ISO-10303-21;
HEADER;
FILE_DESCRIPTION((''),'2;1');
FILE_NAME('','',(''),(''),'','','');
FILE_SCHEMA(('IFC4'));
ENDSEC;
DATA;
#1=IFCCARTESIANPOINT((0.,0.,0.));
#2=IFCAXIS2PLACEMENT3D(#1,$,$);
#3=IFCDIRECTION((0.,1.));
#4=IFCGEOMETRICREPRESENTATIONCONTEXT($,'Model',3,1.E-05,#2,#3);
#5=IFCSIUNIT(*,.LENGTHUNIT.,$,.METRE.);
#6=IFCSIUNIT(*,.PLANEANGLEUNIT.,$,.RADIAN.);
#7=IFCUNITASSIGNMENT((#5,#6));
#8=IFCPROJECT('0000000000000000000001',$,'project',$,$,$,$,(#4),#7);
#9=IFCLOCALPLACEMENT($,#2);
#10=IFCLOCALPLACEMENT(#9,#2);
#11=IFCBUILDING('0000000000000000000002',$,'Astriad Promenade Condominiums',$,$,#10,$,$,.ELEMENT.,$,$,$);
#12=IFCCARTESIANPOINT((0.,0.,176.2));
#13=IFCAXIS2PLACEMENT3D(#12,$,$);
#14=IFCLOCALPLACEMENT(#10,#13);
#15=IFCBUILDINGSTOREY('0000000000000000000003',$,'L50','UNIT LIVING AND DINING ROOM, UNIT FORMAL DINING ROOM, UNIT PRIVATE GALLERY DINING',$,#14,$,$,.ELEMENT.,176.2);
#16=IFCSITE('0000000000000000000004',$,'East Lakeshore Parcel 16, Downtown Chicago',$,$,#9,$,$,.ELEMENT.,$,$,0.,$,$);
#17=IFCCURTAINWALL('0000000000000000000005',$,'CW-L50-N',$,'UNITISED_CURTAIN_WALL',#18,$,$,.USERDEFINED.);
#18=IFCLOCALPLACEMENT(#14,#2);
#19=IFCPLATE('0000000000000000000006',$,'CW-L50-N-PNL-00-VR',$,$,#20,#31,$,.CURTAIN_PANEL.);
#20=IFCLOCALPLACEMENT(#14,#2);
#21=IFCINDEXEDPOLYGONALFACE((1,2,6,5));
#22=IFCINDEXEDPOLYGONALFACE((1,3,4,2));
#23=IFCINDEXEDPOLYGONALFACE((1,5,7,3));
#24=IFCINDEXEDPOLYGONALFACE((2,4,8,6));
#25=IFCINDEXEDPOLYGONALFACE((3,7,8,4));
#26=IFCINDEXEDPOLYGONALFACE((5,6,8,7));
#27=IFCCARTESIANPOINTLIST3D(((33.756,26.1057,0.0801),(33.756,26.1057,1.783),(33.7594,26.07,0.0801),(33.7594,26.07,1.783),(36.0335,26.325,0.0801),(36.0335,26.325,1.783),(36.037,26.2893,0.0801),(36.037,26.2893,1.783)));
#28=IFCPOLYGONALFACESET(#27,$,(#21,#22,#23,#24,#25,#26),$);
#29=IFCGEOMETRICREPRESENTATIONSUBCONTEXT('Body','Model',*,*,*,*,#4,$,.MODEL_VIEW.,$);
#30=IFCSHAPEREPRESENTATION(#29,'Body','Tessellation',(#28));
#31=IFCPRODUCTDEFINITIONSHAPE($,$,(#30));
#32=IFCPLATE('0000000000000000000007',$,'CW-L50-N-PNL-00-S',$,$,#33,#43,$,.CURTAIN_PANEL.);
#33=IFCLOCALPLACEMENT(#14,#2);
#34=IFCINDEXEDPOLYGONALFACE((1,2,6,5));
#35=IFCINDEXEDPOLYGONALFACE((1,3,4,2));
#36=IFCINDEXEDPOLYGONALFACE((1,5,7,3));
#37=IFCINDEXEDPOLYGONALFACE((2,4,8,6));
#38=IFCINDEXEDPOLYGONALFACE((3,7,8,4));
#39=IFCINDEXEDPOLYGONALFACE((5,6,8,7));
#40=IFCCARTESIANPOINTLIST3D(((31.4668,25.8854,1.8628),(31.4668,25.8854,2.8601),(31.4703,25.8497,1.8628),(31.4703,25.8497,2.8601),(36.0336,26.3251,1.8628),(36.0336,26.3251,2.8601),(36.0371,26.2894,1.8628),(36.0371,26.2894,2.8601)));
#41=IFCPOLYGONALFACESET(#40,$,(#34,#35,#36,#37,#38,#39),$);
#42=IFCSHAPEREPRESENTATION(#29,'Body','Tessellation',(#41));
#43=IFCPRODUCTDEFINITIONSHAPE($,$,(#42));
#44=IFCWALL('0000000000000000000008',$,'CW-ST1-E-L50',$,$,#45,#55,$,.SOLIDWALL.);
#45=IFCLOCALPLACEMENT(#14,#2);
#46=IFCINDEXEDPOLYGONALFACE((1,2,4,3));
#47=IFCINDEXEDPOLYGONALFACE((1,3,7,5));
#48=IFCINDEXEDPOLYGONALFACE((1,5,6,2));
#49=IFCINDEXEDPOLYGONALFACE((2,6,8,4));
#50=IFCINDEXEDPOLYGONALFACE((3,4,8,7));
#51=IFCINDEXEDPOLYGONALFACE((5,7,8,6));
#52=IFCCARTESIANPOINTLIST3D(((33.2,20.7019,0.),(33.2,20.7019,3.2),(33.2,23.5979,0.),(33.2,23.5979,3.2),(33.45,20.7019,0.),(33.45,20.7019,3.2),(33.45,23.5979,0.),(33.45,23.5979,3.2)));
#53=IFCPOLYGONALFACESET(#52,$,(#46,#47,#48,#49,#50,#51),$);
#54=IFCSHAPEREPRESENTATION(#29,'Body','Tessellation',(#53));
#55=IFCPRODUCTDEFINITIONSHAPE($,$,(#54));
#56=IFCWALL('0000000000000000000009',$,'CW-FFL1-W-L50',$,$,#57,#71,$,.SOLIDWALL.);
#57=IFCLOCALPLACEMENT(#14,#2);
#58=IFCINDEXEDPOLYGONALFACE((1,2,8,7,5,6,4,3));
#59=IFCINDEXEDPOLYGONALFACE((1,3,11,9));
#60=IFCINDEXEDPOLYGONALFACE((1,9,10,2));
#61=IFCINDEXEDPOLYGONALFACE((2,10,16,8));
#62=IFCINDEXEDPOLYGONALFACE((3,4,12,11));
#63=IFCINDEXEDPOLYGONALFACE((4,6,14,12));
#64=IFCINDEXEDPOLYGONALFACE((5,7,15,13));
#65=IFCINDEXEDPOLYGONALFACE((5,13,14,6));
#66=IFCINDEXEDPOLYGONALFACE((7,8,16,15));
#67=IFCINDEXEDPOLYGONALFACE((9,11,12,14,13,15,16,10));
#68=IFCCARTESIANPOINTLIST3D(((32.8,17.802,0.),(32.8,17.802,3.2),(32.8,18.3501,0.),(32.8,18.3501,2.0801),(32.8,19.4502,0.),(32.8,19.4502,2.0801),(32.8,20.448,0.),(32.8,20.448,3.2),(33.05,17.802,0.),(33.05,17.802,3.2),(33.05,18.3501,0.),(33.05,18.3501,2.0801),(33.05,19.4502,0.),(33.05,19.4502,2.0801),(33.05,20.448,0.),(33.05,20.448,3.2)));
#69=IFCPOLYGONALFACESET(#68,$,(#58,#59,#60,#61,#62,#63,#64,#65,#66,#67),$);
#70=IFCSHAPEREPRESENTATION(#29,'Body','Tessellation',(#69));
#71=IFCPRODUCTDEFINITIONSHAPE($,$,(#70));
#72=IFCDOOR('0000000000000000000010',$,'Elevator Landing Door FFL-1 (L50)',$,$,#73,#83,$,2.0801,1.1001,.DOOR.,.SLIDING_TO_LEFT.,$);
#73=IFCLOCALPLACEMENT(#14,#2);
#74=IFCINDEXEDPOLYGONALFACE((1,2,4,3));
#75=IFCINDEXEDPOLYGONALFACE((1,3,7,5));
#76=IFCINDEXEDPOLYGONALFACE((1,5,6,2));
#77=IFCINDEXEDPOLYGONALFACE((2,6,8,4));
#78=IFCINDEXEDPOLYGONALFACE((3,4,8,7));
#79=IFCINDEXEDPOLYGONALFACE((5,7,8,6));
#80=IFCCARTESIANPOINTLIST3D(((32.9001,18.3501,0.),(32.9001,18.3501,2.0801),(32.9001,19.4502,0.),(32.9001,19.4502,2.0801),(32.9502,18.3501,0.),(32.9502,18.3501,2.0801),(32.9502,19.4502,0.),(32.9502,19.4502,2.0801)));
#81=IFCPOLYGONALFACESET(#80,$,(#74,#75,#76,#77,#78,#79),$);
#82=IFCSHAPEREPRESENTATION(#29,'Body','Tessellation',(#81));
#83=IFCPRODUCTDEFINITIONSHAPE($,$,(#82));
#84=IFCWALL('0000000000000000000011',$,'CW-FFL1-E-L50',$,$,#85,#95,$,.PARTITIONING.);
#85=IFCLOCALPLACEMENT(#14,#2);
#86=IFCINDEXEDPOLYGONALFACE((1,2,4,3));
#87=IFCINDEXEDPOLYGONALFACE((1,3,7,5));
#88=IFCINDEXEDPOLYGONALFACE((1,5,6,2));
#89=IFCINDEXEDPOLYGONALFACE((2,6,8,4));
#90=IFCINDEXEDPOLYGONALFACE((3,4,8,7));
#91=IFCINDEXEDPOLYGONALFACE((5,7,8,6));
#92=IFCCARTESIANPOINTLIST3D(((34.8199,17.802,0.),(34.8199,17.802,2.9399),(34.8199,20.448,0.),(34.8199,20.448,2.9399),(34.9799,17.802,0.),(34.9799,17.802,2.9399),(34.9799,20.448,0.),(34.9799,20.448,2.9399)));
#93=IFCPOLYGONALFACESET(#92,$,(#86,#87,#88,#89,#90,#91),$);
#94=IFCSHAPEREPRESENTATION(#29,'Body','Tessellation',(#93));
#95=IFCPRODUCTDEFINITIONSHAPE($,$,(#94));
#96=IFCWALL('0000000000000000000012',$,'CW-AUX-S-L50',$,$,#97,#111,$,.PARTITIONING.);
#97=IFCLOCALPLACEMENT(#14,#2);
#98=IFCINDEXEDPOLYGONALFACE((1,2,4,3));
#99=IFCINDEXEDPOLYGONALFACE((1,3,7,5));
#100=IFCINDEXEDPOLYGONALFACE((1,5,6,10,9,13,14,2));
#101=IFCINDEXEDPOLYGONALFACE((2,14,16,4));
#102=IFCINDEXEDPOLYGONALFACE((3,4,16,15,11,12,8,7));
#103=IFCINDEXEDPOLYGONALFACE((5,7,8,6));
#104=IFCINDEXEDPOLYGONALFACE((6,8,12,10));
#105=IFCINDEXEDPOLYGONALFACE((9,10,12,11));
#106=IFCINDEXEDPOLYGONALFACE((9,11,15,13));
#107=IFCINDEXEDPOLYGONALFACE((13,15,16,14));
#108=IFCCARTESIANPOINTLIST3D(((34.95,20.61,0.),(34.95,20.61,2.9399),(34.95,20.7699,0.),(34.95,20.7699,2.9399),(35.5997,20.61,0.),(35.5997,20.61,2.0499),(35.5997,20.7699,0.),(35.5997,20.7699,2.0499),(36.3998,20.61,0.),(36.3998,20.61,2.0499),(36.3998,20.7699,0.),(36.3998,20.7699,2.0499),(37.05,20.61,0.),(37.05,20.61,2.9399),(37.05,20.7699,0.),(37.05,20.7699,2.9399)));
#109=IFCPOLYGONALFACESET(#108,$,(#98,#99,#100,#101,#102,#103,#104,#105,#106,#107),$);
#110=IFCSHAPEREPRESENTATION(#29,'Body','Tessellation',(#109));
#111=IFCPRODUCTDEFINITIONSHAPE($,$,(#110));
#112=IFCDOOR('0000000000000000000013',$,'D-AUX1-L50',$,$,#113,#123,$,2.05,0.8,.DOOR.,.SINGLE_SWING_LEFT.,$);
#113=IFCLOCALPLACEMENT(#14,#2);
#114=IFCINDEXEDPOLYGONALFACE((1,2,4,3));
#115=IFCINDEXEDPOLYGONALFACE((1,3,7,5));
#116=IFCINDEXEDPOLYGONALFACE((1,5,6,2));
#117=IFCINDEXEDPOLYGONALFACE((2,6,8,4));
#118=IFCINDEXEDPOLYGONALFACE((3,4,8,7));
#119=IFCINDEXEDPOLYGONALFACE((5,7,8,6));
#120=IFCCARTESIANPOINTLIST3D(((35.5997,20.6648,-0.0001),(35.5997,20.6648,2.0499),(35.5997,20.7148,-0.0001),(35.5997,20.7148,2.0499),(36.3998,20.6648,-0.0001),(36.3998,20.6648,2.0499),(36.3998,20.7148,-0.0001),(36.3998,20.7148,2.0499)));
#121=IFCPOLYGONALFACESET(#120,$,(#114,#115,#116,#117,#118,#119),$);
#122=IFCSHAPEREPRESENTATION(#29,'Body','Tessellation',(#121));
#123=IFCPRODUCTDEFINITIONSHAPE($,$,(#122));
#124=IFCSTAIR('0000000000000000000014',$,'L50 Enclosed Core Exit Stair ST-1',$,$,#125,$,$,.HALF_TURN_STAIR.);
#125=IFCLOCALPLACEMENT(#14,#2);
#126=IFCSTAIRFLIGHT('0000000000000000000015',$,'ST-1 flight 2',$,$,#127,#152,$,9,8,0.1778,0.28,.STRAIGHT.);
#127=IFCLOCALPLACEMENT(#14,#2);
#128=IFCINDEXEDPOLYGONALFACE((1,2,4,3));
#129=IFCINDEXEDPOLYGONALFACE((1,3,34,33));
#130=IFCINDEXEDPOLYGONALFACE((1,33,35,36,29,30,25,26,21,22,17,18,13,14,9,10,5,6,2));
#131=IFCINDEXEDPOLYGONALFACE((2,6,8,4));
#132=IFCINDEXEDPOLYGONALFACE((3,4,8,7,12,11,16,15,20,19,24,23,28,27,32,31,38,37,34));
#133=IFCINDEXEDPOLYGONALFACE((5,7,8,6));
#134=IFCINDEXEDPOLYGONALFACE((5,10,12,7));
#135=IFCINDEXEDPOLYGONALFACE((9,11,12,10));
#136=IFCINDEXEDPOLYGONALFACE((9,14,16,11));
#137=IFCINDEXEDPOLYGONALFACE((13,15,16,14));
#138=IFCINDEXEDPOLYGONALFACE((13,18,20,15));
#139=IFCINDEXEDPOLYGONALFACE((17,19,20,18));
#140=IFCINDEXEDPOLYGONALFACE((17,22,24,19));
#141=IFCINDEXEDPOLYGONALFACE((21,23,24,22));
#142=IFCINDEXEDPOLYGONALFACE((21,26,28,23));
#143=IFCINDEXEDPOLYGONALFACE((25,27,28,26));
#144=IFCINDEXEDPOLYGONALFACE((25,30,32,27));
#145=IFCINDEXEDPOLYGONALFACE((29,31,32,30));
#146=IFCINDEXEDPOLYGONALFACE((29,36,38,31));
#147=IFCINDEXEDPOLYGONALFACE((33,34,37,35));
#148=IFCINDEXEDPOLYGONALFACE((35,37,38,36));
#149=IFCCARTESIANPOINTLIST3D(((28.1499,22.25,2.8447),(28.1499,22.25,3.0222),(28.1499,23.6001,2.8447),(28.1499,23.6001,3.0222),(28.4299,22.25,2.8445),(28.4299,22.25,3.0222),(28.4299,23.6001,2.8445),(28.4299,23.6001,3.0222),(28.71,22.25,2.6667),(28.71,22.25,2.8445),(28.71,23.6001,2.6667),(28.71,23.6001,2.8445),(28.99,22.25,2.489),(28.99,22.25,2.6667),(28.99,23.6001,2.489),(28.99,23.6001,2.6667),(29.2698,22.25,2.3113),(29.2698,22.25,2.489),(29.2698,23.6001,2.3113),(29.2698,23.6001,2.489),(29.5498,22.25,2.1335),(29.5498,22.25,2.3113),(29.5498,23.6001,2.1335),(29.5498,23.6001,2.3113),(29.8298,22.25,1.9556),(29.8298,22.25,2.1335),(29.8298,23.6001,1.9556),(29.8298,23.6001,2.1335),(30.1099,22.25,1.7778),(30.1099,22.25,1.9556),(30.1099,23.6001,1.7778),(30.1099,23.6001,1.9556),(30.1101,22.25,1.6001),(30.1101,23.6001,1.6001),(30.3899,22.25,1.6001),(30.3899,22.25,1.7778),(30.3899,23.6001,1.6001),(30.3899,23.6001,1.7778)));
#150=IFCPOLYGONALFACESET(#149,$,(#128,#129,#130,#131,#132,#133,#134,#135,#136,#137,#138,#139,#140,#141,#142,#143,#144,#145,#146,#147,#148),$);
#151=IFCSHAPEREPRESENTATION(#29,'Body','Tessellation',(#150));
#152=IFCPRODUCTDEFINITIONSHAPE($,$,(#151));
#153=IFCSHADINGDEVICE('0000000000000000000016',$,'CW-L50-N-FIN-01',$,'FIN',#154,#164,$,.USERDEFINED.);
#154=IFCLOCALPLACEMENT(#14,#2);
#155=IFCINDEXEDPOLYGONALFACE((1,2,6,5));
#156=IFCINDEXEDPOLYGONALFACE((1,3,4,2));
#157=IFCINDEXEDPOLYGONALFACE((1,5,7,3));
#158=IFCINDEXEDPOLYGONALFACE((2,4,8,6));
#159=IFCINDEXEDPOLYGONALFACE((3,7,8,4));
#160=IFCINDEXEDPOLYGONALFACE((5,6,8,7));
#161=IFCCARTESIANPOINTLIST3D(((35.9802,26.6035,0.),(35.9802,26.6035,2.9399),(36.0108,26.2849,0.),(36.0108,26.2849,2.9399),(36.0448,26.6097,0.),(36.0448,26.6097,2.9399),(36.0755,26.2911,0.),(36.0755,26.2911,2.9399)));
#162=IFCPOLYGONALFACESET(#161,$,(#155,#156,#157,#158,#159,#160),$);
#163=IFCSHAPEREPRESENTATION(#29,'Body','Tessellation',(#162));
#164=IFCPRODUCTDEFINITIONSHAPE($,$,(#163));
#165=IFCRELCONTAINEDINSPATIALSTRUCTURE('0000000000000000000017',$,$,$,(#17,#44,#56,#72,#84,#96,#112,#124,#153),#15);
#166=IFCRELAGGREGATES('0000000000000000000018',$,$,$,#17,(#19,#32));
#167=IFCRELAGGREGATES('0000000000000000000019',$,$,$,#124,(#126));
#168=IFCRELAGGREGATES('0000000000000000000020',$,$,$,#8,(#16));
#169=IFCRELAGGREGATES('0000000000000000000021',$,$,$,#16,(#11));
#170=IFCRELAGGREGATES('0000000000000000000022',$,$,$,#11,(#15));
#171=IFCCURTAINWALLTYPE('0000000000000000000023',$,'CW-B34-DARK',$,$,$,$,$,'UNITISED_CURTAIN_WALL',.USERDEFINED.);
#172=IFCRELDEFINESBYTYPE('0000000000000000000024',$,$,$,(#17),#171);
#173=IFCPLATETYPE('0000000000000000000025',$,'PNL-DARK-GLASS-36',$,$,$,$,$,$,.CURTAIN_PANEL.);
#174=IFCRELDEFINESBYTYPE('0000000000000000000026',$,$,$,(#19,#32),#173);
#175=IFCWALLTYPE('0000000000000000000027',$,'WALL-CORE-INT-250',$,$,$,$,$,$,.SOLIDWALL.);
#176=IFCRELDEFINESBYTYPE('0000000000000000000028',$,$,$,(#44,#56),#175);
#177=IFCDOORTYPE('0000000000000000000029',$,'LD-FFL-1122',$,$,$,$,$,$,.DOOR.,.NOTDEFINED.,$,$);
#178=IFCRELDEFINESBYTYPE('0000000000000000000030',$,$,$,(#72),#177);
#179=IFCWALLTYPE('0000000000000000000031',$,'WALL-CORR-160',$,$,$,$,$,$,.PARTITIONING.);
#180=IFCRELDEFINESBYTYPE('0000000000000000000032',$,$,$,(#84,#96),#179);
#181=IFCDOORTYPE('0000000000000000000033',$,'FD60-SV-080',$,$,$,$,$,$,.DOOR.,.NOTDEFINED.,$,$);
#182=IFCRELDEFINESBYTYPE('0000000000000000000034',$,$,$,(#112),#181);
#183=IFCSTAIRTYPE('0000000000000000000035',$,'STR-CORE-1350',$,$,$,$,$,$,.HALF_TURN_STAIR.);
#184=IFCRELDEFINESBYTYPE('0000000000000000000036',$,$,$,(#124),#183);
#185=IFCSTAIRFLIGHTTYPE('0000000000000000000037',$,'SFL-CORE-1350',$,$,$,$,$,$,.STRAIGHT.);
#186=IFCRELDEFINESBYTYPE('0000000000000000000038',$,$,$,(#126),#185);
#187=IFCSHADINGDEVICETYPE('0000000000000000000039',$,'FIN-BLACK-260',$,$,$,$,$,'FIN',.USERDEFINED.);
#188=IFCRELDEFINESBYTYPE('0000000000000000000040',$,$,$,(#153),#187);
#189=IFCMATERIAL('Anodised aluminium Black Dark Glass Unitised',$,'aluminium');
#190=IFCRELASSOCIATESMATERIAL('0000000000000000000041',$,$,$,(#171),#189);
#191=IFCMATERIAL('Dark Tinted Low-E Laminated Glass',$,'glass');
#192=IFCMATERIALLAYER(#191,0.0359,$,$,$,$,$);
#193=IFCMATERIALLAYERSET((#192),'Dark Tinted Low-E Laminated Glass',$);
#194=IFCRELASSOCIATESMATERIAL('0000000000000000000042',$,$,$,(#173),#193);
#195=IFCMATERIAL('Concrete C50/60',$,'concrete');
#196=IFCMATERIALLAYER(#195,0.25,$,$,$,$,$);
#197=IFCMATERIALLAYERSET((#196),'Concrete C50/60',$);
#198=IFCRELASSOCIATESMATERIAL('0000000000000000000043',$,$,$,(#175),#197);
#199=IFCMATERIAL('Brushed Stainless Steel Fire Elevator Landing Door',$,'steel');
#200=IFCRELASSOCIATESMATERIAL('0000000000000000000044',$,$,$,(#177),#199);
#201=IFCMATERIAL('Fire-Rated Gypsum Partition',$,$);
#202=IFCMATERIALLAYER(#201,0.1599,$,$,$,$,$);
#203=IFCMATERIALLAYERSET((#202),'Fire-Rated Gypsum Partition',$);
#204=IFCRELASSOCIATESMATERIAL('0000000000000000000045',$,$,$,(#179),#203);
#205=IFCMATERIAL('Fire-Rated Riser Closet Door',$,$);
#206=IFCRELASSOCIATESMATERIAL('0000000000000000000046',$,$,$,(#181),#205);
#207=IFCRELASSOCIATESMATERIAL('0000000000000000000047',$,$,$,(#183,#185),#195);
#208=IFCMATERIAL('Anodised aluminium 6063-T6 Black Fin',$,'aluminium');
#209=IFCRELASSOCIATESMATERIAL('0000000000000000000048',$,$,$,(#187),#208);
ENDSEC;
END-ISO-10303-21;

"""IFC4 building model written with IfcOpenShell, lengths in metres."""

from ifc_helpers import new_model, si_unit, direction, frame, frame_2d, origin, origin_2d, place, context, subcontext, project, spatial, polyline, rectangle, outline, extrude, source, transform, mapped, material, layer, layer_set, type_object, type_shapes, element, fill, aggregate, save


model = new_model("IFC4")

# Units and contexts
model_context = context("Model", 3, precision=1e-05, world=origin(), true_north=direction((0.0, 1.0)))
body_context = subcontext(model_context, "Body", "Model", "MODEL_VIEW")
ifc_project = project(units=[si_unit("LENGTHUNIT", "METRE"), si_unit("PLANEANGLEUNIT", "RADIAN")], contexts=[model_context])

# Site, building, storey
site_placement = place(None, origin())
site = spatial("IfcSite", under=ifc_project, at=site_placement, Name="East Lakeshore Parcel 16, Downtown Chicago", CompositionType="ELEMENT", RefElevation=0.0)
building_placement = place(site_placement, origin())
building = spatial("IfcBuilding", under=site, at=building_placement, Name="Astriad Promenade Condominiums", CompositionType="ELEMENT")
storey_placement = place(building_placement, frame((0.0, 0.0, 176.2)))
storey = spatial("IfcBuildingStorey", under=building, at=storey_placement, Name="L50", Description="UNIT LIVING AND DINING ROOM, UNIT FORMAL DINING ROOM, UNIT PRIVATE GALLERY DINING", CompositionType="ELEMENT", Elevation=176.2)

# Curtain wall, plates
ifc_material_1 = material(Name="Anodised aluminium Black Dark Glass Unitised", Category="aluminium")
curtain_wall_type = type_object("IfcCurtainWallType", Name="CW-B34-DARK", ElementType="UNITISED_CURTAIN_WALL", PredefinedType="USERDEFINED", material=ifc_material_1)
curtain_wall_placement = place(storey_placement, origin())
curtain_wall = element("IfcCurtainWall", 1, at=curtain_wall_placement, inside=storey, type_object=curtain_wall_type, Name="CW-L50-N", ObjectType="UNITISED_CURTAIN_WALL", PredefinedType="USERDEFINED")
ifc_material_2 = material(Name="Dark Tinted Low-E Laminated Glass", Category="glass")
ifc_layer_1 = layer(ifc_material_2, 0.0359)
ifc_layer_set_1 = layer_set([ifc_layer_1], Name="Dark Tinted Low-E Laminated Glass")
plate_type = type_object("IfcPlateType", Name="PNL-DARK-GLASS-36", PredefinedType="CURTAIN_PANEL", material=ifc_layer_set_1)
shared_shape_1 = source(origin(), body_context, "Body", "SweptSolid", [
    extrude(rectangle(XDim=2.2881, YDim=0.0359, at=origin_2d()), origin(), (0.0, 0.0, 1.0), 1.7029),
])
plate_1_placement = place(storey_placement, frame((34.8965, 26.1975, 0.0801), z_axis=(0.0, 0.0, 1.0), x_axis=(0.995396, 0.095846, 0.0)))
plate_1 = element("IfcPlate", 2, at=plate_1_placement, type_object=plate_type, Name="CW-L50-N-PNL-00-VR", PredefinedType="CURTAIN_PANEL", context=body_context, shape_type="MappedRepresentation", body=[
    mapped(shared_shape_1, transform((0.0, 0.0, 0.0), scale=1.0)),
])
shared_shape_2 = source(origin(), body_context, "Body", "SweptSolid", [
    extrude(rectangle(XDim=4.5879, YDim=0.0359, at=origin_2d()), origin(), (0.0, 0.0, 1.0), 0.9973),
])
type_shapes(plate_type, [shared_shape_1, shared_shape_2])
plate_2_placement = place(storey_placement, frame((33.752, 26.0874, 1.8628), z_axis=(0.0, 0.0, 1.0), x_axis=(0.995396, 0.095846, 0.0)))
plate_2 = element("IfcPlate", 3, at=plate_2_placement, type_object=plate_type, Name="CW-L50-N-PNL-00-S", PredefinedType="CURTAIN_PANEL", context=body_context, shape_type="MappedRepresentation", body=[
    mapped(shared_shape_2, transform((0.0, 0.0, 0.0), scale=1.0)),
])
aggregate(curtain_wall, [plate_1, plate_2])

# Wall
ifc_material_3 = material(Name="Concrete C50/60", Category="concrete")
ifc_layer_2 = layer(ifc_material_3, 0.25)
ifc_layer_set_2 = layer_set([ifc_layer_2], Name="Concrete C50/60")
wall_type_1 = type_object("IfcWallType", Name="WALL-CORE-INT-250", PredefinedType="SOLIDWALL", material=ifc_layer_set_2)
wall_1_placement = place(storey_placement, frame((33.325, 20.7019, 0.0), z_axis=(0.0, 0.0, 1.0), x_axis=(0.0, 1.0, 0.0)))
element("IfcWall", 4, at=wall_1_placement, inside=storey, type_object=wall_type_1, Name="CW-ST1-E-L50", PredefinedType="SOLIDWALL", context=body_context, shape_type="SweptSolid", body=[
    extrude(rectangle(XDim=2.896, YDim=0.25, at=frame_2d((1.448, 0.0))), origin(), (0.0, 0.0, 1.0), 3.2),
])

# Wall, opening, door
wall_2_placement = place(storey_placement, frame((32.925, 17.802, 0.0), z_axis=(0.0, 0.0, 1.0), x_axis=(0.0, 1.0, 0.0)))
wall_2 = element("IfcWall", 5, at=wall_2_placement, inside=storey, type_object=wall_type_1, Name="CW-FFL1-W-L50", PredefinedType="SOLIDWALL", context=body_context, shape_type="SweptSolid", body=[
    extrude(rectangle(XDim=2.646, YDim=0.25, at=frame_2d((1.323, 0.0))), origin(), (0.0, 0.0, 1.0), 3.2),
])
opening_1_placement = place(wall_2_placement, frame((0.5481, 0.0, 0.0)))
opening_1 = element("IfcOpeningElement", 6, at=opening_1_placement, cuts=wall_2, PredefinedType="OPENING", context=body_context, shape_type="SweptSolid", body=[
    extrude(rectangle(XDim=1.1001, YDim=2.0801, at=frame_2d((0.55, 1.04))), frame((0.0, 0.135, 0.0), z_axis=(0.0, -1.0, 0.0), x_axis=(1.0, 0.0, 0.0)), (0.0, 0.0, 1.0), 0.27),
])
ifc_material_4 = material(Name="Brushed Stainless Steel Fire Elevator Landing Door", Category="steel")
door_type_1 = type_object("IfcDoorType", Name="LD-FFL-1122", OperationType="NOTDEFINED", PredefinedType="DOOR", material=ifc_material_4)
shared_shape_3 = source(origin(), body_context, "Body", "SweptSolid", [
    extrude(rectangle(XDim=1.1001, YDim=2.0801, at=frame_2d((0.55, 1.04))), frame((0.0, 0.0249, 0.0), z_axis=(0.0, -1.0, 0.0), x_axis=(1.0, 0.0, 0.0)), (0.0, 0.0, 1.0), 0.05),
])
type_shapes(door_type_1, [shared_shape_3])
door_1_placement = place(opening_1_placement, origin())
door_1 = element("IfcDoor", 7, at=door_1_placement, inside=storey, type_object=door_type_1, Name="Elevator Landing Door FFL-1 (L50)", OperationType="SLIDING_TO_LEFT", OverallHeight=2.0801, OverallWidth=1.1001, PredefinedType="DOOR", context=body_context, shape_type="MappedRepresentation", body=[
    mapped(shared_shape_3, transform((0.0, 0.0, 0.0), scale=1.0)),
])
fill(opening_1, door_1)

# Wall
ifc_material_5 = material(Name="Fire-Rated Gypsum Partition")
ifc_layer_3 = layer(ifc_material_5, 0.1599)
ifc_layer_set_3 = layer_set([ifc_layer_3], Name="Fire-Rated Gypsum Partition")
wall_type_2 = type_object("IfcWallType", Name="WALL-CORR-160", PredefinedType="PARTITIONING", material=ifc_layer_set_3)
wall_3_placement = place(storey_placement, frame((34.8999, 17.802, 0.0), z_axis=(0.0, 0.0, 1.0), x_axis=(0.0, 1.0, 0.0)))
element("IfcWall", 8, at=wall_3_placement, inside=storey, type_object=wall_type_2, Name="CW-FFL1-E-L50", PredefinedType="PARTITIONING", context=body_context, shape_type="SweptSolid", body=[
    extrude(rectangle(XDim=2.646, YDim=0.1599, at=frame_2d((1.323, 0.0))), origin(), (0.0, 0.0, 1.0), 2.9399),
])

# Wall, opening, door
wall_4_placement = place(storey_placement, frame((34.95, 20.6899, 0.0), z_axis=(0.0, 0.0, 1.0), x_axis=(1.0, 0.0, 0.0)))
wall_4 = element("IfcWall", 9, at=wall_4_placement, inside=storey, type_object=wall_type_2, Name="CW-AUX-S-L50", PredefinedType="PARTITIONING", context=body_context, shape_type="SweptSolid", body=[
    extrude(rectangle(XDim=2.1001, YDim=0.1599, at=frame_2d((1.05, 0.0))), origin(), (0.0, 0.0, 1.0), 2.9399),
])
opening_2_placement = place(wall_4_placement, frame((0.6499, 0.0, 0.0)))
opening_2 = element("IfcOpeningElement", 10, at=opening_2_placement, cuts=wall_4, PredefinedType="OPENING", context=body_context, shape_type="SweptSolid", body=[
    extrude(rectangle(XDim=0.8, YDim=2.05, at=frame_2d((0.3999, 1.0249))), frame((0.0, 0.0898, 0.0), z_axis=(0.0, -1.0, 0.0), x_axis=(1.0, 0.0, 0.0)), (0.0, 0.0, 1.0), 0.1799),
])
ifc_material_6 = material(Name="Fire-Rated Riser Closet Door")
door_type_2 = type_object("IfcDoorType", Name="FD60-SV-080", OperationType="NOTDEFINED", PredefinedType="DOOR", material=ifc_material_6)
shared_shape_4 = source(origin(), body_context, "Body", "SweptSolid", [
    extrude(rectangle(XDim=0.8, YDim=2.05, at=frame_2d((0.3999, 1.0249))), frame((0.0, 0.0249, 0.0), z_axis=(0.0, -1.0, 0.0), x_axis=(1.0, 0.0, 0.0)), (0.0, 0.0, 1.0), 0.05),
])
type_shapes(door_type_2, [shared_shape_4])
door_2_placement = place(opening_2_placement, origin())
door_2 = element("IfcDoor", 11, at=door_2_placement, inside=storey, type_object=door_type_2, Name="D-AUX1-L50", OperationType="SINGLE_SWING_LEFT", OverallHeight=2.05, OverallWidth=0.8, PredefinedType="DOOR", context=body_context, shape_type="MappedRepresentation", body=[
    mapped(shared_shape_4, transform((0.0, 0.0, 0.0), scale=1.0)),
])
fill(opening_2, door_2)

# Stair, stair flight
stair_type = type_object("IfcStairType", Name="STR-CORE-1350", PredefinedType="HALF_TURN_STAIR", material=ifc_material_3)
stair_placement = place(storey_placement, origin())
stair = element("IfcStair", 12, at=stair_placement, inside=storey, type_object=stair_type, Name="L50 Enclosed Core Exit Stair ST-1", PredefinedType="HALF_TURN_STAIR")
stair_flight_type = type_object("IfcStairFlightType", Name="SFL-CORE-1350", PredefinedType="STRAIGHT", material=ifc_material_3)
shared_shape_5 = source(origin(), body_context, "Body", "SweptSolid", [
    extrude(outline(polyline([(0.0, 0.0), (0.0, 0.1777), (0.28, 0.1777), (0.28, 0.3555), (0.5601, 0.3555), (0.5601, 0.5334), (0.8401, 0.5334), (0.8401, 0.7112), (1.1201, 0.7112), (1.1201, 0.8889), (1.3999, 0.8889), (1.3999, 1.0667), (1.6799, 1.0667), (1.6799, 1.2444), (1.96, 1.2444), (1.96, 1.4221), (2.24, 1.4221), (2.24, 1.6001), (2.24, 1.2446), (0.2798, 0.0), (0.0, 0.0)])), frame((0.0, 0.675, 0.0), z_axis=(0.0, -1.0, 0.0), x_axis=(1.0, 0.0, 0.0)), (0.0, 0.0, 1.0), 1.3501),
])
type_shapes(stair_flight_type, [shared_shape_5])
stair_flight_placement = place(storey_placement, frame((30.3899, 22.925, 1.6001), z_axis=(0.0, 0.0, 1.0), x_axis=(-1.0, 0.0, 0.0)))
stair_flight = element("IfcStairFlight", 13, at=stair_flight_placement, type_object=stair_flight_type, Name="ST-1 flight 2", NumberOfRisers=9, NumberOfTreads=8, PredefinedType="STRAIGHT", RiserHeight=0.1778, TreadLength=0.28, context=body_context, shape_type="MappedRepresentation", body=[
    mapped(shared_shape_5, transform((0.0, 0.0, 0.0), scale=1.0)),
])
aggregate(stair, [stair_flight])

# Shading device
ifc_material_7 = material(Name="Anodised aluminium 6063-T6 Black Fin", Category="aluminium")
shading_device_type = type_object("IfcShadingDeviceType", Name="FIN-BLACK-260", ElementType="FIN", PredefinedType="USERDEFINED", material=ifc_material_7)
shared_shape_6 = source(origin(), body_context, "Body", "SweptSolid", [
    extrude(rectangle(XDim=0.0649, YDim=0.3201, at=origin_2d()), origin(), (0.0, 0.0, 1.0), 2.9399),
])
type_shapes(shading_device_type, [shared_shape_6])
shading_device_placement = place(storey_placement, frame((36.0278, 26.4473, 0.0), z_axis=(0.0, 0.0, 1.0), x_axis=(0.995396, 0.095846, 0.0)))
element("IfcShadingDevice", 14, at=shading_device_placement, inside=storey, type_object=shading_device_type, Name="CW-L50-N-FIN-01", ObjectType="FIN", PredefinedType="USERDEFINED", context=body_context, shape_type="MappedRepresentation", body=[
    mapped(shared_shape_6, transform((0.0, 0.0, 0.0), scale=1.0)),
])

save(model, "model.ifc")
